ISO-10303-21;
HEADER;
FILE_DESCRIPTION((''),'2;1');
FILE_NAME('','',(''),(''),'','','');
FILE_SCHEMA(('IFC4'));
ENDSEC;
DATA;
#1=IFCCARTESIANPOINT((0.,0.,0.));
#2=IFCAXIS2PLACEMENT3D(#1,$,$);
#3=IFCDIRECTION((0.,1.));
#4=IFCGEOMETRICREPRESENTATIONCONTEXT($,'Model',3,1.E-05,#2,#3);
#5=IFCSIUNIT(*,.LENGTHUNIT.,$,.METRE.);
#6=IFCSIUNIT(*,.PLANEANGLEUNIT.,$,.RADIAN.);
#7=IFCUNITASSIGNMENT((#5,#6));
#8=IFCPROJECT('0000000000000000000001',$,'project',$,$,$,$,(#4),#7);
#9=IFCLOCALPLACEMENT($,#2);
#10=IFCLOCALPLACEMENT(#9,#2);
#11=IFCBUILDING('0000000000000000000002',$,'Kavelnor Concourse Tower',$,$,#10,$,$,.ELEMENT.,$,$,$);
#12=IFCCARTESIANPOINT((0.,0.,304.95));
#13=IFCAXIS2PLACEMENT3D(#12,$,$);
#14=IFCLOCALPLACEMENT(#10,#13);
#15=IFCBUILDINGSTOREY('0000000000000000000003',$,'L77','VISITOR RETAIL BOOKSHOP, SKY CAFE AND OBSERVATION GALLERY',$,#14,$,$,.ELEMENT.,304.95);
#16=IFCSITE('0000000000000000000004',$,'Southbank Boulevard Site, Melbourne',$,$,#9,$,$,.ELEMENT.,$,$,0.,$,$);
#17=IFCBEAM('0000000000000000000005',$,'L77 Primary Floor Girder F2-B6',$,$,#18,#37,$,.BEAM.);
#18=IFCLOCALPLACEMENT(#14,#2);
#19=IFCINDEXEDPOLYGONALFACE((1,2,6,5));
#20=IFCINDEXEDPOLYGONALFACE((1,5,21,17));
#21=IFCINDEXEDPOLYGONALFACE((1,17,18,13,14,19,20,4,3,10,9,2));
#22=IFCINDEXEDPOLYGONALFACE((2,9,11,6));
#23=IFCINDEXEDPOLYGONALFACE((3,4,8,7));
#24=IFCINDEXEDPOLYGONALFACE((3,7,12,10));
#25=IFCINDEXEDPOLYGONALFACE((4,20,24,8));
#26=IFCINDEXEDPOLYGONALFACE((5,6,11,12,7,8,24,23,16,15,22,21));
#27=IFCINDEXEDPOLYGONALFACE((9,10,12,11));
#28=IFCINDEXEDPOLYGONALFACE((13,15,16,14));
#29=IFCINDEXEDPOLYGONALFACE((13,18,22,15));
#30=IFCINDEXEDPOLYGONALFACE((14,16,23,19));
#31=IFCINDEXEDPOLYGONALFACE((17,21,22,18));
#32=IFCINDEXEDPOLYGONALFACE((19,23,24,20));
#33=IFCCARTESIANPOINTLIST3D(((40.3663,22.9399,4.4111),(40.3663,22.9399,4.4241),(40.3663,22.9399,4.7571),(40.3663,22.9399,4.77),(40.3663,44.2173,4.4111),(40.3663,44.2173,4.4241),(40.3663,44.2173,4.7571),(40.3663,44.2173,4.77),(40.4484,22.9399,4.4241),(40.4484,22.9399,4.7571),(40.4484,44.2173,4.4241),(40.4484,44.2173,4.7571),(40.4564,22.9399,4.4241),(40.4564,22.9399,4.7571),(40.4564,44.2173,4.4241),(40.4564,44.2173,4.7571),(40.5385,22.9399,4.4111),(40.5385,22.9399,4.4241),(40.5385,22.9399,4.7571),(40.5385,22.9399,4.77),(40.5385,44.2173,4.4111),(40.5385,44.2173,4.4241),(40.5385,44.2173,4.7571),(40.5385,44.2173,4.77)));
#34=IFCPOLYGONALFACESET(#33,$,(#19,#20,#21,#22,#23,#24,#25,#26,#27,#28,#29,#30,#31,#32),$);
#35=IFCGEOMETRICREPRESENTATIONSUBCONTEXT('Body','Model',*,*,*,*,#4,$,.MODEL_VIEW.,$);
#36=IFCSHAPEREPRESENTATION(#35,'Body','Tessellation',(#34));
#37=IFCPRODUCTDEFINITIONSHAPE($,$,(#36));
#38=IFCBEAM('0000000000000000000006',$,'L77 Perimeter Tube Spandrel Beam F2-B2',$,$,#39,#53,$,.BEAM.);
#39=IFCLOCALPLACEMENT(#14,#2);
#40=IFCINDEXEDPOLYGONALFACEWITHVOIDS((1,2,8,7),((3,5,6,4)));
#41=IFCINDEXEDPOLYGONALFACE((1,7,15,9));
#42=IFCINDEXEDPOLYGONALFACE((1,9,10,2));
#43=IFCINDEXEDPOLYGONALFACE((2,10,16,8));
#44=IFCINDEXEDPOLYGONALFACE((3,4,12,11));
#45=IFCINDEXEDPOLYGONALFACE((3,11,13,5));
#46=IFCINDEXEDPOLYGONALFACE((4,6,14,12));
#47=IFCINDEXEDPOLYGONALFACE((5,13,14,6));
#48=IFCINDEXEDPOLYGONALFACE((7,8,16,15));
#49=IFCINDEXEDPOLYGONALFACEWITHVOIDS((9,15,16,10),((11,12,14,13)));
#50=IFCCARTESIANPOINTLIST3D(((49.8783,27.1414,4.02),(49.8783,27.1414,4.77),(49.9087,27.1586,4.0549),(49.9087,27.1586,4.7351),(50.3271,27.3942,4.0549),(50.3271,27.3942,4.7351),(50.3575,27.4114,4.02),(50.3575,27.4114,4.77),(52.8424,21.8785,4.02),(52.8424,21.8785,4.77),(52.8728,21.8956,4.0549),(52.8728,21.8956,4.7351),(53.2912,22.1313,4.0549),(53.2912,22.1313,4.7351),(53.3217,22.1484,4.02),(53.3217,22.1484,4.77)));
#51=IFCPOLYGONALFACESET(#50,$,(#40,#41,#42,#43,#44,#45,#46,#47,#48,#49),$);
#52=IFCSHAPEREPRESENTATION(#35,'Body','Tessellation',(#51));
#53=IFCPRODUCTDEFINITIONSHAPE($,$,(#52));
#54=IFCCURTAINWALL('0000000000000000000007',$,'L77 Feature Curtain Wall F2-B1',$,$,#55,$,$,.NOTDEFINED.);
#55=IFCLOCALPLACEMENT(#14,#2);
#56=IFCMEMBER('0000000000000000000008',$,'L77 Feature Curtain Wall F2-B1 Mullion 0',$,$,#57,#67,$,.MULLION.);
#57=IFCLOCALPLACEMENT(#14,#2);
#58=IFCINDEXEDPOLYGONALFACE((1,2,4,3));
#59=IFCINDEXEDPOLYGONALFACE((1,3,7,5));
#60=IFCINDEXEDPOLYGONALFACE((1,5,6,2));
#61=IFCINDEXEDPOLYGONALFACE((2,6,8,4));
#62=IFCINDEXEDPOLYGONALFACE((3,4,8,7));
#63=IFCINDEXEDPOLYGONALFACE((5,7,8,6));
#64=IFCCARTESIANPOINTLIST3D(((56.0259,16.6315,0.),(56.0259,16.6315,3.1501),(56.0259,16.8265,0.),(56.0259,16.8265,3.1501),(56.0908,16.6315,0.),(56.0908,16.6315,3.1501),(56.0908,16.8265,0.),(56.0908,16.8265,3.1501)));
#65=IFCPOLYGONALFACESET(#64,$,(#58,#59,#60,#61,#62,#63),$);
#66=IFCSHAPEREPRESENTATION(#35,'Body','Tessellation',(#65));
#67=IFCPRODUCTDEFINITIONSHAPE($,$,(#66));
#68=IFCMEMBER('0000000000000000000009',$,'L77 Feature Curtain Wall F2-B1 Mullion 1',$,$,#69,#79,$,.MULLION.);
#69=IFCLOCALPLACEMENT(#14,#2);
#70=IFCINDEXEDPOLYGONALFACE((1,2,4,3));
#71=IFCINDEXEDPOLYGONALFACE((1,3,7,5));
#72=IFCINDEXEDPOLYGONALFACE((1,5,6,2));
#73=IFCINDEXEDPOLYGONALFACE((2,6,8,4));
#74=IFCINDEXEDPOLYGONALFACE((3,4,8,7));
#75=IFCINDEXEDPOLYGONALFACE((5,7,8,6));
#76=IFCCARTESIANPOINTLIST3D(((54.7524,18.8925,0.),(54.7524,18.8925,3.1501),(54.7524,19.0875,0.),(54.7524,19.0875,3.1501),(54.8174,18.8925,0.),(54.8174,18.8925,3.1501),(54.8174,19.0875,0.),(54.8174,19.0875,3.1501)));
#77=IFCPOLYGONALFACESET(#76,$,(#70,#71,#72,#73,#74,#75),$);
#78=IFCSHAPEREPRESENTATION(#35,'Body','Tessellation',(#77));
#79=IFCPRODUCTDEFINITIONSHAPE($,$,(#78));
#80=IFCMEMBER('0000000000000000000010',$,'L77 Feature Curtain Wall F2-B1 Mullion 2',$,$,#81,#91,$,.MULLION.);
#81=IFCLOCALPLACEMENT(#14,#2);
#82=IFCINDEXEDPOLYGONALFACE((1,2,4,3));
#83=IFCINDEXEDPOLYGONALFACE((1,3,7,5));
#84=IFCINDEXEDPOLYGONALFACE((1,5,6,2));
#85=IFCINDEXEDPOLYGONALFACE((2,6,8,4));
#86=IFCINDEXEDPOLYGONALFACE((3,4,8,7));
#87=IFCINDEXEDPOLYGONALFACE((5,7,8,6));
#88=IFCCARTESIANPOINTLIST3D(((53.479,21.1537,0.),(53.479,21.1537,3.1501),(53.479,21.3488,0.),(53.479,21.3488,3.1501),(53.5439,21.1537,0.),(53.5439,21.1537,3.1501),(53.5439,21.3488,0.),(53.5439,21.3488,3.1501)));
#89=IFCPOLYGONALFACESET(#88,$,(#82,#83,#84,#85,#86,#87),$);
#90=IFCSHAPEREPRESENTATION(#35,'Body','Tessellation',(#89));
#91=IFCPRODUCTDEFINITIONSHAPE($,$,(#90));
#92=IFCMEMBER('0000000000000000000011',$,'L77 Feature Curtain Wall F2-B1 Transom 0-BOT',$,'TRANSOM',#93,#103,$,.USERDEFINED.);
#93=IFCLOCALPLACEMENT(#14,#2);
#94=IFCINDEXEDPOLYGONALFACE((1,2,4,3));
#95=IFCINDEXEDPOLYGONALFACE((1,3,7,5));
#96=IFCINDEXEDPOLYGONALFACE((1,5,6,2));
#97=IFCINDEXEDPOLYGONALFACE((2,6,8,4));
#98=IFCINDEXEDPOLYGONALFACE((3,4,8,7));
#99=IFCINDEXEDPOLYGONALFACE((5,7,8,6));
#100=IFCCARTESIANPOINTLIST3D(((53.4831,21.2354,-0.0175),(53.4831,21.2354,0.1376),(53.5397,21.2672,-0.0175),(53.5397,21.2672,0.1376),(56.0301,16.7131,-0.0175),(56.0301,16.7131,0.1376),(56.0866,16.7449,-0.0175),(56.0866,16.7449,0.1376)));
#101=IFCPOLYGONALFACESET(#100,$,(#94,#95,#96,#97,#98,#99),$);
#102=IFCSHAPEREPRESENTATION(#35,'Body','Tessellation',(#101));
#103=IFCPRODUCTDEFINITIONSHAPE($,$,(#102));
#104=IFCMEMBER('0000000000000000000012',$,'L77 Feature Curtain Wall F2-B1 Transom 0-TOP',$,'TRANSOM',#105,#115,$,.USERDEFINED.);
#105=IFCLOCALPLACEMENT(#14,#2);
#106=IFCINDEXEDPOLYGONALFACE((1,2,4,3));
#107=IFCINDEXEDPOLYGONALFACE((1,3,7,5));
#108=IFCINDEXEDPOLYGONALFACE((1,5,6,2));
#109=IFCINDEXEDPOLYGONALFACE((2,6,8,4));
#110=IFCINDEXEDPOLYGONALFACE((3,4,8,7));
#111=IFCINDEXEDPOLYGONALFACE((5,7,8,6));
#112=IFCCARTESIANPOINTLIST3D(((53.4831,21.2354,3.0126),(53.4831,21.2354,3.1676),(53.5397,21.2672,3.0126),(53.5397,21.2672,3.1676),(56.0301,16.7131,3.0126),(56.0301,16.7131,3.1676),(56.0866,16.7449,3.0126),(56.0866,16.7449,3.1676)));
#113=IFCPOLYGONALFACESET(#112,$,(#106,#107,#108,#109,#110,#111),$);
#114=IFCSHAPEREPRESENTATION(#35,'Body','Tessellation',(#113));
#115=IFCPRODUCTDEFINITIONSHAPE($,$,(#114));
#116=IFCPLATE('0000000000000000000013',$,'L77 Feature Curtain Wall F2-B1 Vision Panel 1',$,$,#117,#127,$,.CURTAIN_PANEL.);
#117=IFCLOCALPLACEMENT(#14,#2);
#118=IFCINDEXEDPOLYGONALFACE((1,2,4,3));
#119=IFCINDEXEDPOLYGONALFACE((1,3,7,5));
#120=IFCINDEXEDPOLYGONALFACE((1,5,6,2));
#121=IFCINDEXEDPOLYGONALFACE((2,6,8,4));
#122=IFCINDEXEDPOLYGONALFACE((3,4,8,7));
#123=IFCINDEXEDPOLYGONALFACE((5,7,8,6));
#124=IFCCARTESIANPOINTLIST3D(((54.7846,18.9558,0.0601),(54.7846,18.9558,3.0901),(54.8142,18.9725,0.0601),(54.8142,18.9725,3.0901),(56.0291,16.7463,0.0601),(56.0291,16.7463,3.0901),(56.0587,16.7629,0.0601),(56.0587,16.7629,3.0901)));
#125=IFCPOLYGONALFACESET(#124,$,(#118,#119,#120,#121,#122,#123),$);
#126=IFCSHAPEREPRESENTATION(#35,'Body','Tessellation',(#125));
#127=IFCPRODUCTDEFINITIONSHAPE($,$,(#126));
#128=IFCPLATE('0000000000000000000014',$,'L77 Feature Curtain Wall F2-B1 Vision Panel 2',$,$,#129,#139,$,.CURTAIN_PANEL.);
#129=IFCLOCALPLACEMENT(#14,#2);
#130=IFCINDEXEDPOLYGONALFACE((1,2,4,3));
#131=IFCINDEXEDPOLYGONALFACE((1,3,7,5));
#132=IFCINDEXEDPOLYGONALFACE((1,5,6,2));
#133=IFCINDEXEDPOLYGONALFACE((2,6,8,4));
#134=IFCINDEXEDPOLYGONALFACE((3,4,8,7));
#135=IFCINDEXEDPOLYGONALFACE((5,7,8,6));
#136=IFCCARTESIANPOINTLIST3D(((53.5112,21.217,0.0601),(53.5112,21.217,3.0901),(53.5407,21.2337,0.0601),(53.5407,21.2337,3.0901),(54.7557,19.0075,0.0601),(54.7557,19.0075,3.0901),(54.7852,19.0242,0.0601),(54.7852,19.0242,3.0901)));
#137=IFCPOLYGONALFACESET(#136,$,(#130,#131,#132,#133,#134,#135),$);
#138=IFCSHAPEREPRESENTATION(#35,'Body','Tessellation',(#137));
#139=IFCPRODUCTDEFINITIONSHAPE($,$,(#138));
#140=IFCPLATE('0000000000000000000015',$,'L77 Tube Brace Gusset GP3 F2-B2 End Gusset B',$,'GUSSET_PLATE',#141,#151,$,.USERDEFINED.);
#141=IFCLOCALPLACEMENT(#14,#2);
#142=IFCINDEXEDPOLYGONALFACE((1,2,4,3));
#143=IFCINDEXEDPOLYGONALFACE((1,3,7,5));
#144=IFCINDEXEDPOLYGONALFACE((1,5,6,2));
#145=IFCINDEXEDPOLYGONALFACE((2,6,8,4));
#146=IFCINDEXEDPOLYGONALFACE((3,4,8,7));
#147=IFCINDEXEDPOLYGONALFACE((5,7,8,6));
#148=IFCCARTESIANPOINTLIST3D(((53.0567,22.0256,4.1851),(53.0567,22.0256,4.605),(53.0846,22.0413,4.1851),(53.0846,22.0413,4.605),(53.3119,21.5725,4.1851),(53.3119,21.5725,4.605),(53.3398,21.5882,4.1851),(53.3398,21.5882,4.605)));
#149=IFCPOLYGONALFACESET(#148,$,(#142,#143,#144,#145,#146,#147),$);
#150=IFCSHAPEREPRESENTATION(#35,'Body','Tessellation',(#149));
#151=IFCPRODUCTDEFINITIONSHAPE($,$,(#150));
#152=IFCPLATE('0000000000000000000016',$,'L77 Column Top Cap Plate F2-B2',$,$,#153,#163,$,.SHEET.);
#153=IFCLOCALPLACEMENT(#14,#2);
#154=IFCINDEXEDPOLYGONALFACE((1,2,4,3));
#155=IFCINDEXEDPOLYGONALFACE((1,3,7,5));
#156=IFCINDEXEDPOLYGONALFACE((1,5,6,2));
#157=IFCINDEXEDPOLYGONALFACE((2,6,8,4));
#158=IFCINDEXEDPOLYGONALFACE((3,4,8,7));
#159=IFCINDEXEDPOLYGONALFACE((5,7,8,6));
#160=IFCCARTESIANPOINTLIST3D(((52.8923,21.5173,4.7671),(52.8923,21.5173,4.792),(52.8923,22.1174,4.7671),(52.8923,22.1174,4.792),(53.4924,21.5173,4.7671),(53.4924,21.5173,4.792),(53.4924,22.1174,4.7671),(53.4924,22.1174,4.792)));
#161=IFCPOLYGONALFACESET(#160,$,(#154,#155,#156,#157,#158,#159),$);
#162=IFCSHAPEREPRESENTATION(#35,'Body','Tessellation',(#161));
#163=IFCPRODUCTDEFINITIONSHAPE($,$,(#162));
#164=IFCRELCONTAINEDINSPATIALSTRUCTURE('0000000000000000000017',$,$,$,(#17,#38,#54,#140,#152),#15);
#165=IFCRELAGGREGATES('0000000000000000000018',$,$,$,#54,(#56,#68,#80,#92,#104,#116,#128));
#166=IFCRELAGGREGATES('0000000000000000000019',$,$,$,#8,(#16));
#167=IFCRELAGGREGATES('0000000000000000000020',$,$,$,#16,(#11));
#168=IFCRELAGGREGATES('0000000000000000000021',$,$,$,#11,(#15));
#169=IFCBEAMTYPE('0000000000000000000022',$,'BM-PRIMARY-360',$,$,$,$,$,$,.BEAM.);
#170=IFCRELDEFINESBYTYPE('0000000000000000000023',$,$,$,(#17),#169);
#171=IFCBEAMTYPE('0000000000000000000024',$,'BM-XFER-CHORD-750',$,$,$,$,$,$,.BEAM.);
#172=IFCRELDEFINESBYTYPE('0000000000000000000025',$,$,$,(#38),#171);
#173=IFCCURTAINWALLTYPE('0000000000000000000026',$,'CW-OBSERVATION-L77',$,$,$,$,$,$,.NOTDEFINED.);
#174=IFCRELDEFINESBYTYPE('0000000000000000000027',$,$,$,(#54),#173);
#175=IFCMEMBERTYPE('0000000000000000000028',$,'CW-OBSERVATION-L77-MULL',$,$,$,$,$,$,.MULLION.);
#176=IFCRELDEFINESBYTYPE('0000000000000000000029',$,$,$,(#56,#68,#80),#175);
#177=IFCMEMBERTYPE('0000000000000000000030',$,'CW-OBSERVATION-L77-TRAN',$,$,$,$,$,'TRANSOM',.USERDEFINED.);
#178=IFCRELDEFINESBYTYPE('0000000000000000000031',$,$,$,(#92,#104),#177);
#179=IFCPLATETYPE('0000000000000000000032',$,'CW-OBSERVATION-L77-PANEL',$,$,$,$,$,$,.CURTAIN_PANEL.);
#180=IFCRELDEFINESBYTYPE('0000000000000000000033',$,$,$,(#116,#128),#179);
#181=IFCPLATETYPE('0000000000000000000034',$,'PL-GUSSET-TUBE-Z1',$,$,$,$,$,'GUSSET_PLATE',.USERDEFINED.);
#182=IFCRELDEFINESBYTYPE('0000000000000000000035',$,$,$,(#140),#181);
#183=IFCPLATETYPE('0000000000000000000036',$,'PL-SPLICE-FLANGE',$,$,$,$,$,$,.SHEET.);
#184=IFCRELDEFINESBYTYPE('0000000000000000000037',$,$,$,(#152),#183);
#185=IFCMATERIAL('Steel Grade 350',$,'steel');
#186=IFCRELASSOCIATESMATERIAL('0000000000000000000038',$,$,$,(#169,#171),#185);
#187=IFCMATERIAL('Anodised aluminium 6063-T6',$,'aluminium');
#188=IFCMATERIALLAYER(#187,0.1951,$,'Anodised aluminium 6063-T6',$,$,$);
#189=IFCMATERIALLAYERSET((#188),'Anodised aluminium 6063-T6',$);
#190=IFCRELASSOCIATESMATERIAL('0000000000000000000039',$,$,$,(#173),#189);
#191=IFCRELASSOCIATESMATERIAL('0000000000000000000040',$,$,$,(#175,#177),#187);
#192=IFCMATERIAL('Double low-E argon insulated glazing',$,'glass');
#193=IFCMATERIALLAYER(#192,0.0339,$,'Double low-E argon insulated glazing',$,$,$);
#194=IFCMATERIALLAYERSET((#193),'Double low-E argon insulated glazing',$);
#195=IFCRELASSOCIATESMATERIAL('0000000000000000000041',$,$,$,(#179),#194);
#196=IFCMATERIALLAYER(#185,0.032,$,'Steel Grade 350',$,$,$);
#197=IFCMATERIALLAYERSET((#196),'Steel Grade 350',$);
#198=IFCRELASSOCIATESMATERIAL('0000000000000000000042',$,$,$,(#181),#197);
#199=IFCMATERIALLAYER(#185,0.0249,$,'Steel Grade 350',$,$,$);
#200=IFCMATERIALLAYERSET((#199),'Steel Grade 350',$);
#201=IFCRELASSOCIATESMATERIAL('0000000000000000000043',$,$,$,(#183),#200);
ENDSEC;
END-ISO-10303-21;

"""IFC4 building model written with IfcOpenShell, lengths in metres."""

from ifc_helpers import new_model, si_unit, direction, frame, origin, origin_2d, place, context, subcontext, project, spatial, rectangle, hollow_rectangle, i_section, extrude, material, layer, layer_set, material_profile, profile_set, type_object, element, aggregate, save


model = new_model("IFC4")

# Units and contexts
model_context = context("Model", 3, precision=1e-05, world=origin(), true_north=direction((0.0, 1.0)))
body_context = subcontext(model_context, "Body", "Model", "MODEL_VIEW")
ifc_project = project(units=[si_unit("LENGTHUNIT", "METRE"), si_unit("PLANEANGLEUNIT", "RADIAN")], contexts=[model_context])

# Site, building, storey
site_placement = place(None, origin())
site = spatial("IfcSite", under=ifc_project, at=site_placement, Name="Southbank Boulevard Site, Melbourne", CompositionType="ELEMENT", RefElevation=0.0)
building_placement = place(site_placement, origin())
building = spatial("IfcBuilding", under=site, at=building_placement, Name="Kavelnor Concourse Tower", CompositionType="ELEMENT")
storey_placement = place(building_placement, frame((0.0, 0.0, 304.95)))
storey = spatial("IfcBuildingStorey", under=building, at=storey_placement, Name="L77", Description="VISITOR RETAIL BOOKSHOP, SKY CAFE AND OBSERVATION GALLERY", CompositionType="ELEMENT", Elevation=304.95)

# Shared definitions
ifc_material_1 = material(Name="Steel Grade 350", Category="steel")

# Beams
ifc_material_profile_1 = material_profile(ifc_material_1, i_section(OverallWidth=0.1721, OverallDepth=0.3589, WebThickness=0.0081, FlangeThickness=0.0129, at=origin_2d()), Name="360UB56")
ifc_profile_set_1 = profile_set([ifc_material_profile_1], Name="Steel Grade 350")
beam_type_1 = type_object("IfcBeamType", Name="BM-PRIMARY-360", PredefinedType="BEAM", material=ifc_profile_set_1)
beam_1_placement = place(storey_placement, frame((40.4524, 22.9399, 4.5906), z_axis=(0.0, 1.0, 0.0), x_axis=(-1.0, 0.0, 0.0)))
element("IfcBeam", 1, at=beam_1_placement, inside=storey, type_object=beam_type_1, Name="L77 Primary Floor Girder F2-B6", PredefinedType="BEAM", context=body_context, shape_type="SweptSolid", body=[
    extrude(i_section(OverallWidth=0.1721, OverallDepth=0.3589, WebThickness=0.0081, FlangeThickness=0.0129, at=origin_2d()), origin(), (0.0, 0.0, 1.0), 21.2773),
])
ifc_material_profile_2 = material_profile(ifc_material_1, hollow_rectangle(XDim=0.55, YDim=0.75, WallThickness=0.0349, at=origin_2d()), Name="RHS 750x550x35")
ifc_profile_set_2 = profile_set([ifc_material_profile_2], Name="Steel Grade 350")
beam_type_2 = type_object("IfcBeamType", Name="BM-XFER-CHORD-750", PredefinedType="BEAM", material=ifc_profile_set_2)
beam_2_placement = place(storey_placement, frame((53.082, 22.0134, 4.395), z_axis=(-0.490727, 0.871313, 0.0), x_axis=(-0.871313, -0.490727, 0.0)))
element("IfcBeam", 2, at=beam_2_placement, inside=storey, type_object=beam_type_2, Name="L77 Perimeter Tube Spandrel Beam F2-B2", PredefinedType="BEAM", context=body_context, shape_type="SweptSolid", body=[
    extrude(hollow_rectangle(XDim=0.55, YDim=0.75, WallThickness=0.0349, at=origin_2d()), origin(), (0.0, 0.0, 1.0), 6.0403),
])

# Curtain wall, members, plates
ifc_material_2 = material(Name="Anodised aluminium 6063-T6", Category="aluminium")
ifc_layer_1 = layer(ifc_material_2, 0.1951, Name="Anodised aluminium 6063-T6")
ifc_layer_set_1 = layer_set([ifc_layer_1], Name="Anodised aluminium 6063-T6")
curtain_wall_type = type_object("IfcCurtainWallType", Name="CW-OBSERVATION-L77", PredefinedType="NOTDEFINED", material=ifc_layer_set_1)
curtain_wall_placement = place(storey_placement, origin())
curtain_wall = element("IfcCurtainWall", 3, at=curtain_wall_placement, inside=storey, type_object=curtain_wall_type, Name="L77 Feature Curtain Wall F2-B1", PredefinedType="NOTDEFINED")
ifc_material_profile_3 = material_profile(ifc_material_2, rectangle(XDim=0.0649, YDim=0.1951, at=origin_2d()), Name="AL-MULL 65x195")
ifc_profile_set_3 = profile_set([ifc_material_profile_3], Name="Anodised aluminium 6063-T6")
member_type_1 = type_object("IfcMemberType", Name="CW-OBSERVATION-L77-MULL", PredefinedType="MULLION", material=ifc_profile_set_3)
member_1_placement = place(storey_placement, frame((56.0583, 16.729, 0.0), z_axis=(0.0, 0.0, 1.0), x_axis=(1.0, 0.0, 0.0)))
member_1 = element("IfcMember", 4, at=member_1_placement, type_object=member_type_1, Name="L77 Feature Curtain Wall F2-B1 Mullion 0", PredefinedType="MULLION", context=body_context, shape_type="SweptSolid", body=[
    extrude(rectangle(XDim=0.0649, YDim=0.1951, at=origin_2d()), origin(), (0.0, 0.0, 1.0), 3.1501),
])
member_2_placement = place(storey_placement, frame((54.7849, 18.99, 0.0), z_axis=(0.0, 0.0, 1.0), x_axis=(1.0, 0.0, 0.0)))
member_2 = element("IfcMember", 5, at=member_2_placement, type_object=member_type_1, Name="L77 Feature Curtain Wall F2-B1 Mullion 1", PredefinedType="MULLION", context=body_context, shape_type="SweptSolid", body=[
    extrude(rectangle(XDim=0.0649, YDim=0.1951, at=origin_2d()), origin(), (0.0, 0.0, 1.0), 3.1501),
])
member_3_placement = place(storey_placement, frame((53.5115, 21.2512, 0.0), z_axis=(0.0, 0.0, 1.0), x_axis=(1.0, 0.0, 0.0)))
member_3 = element("IfcMember", 6, at=member_3_placement, type_object=member_type_1, Name="L77 Feature Curtain Wall F2-B1 Mullion 2", PredefinedType="MULLION", context=body_context, shape_type="SweptSolid", body=[
    extrude(rectangle(XDim=0.0649, YDim=0.1951, at=origin_2d()), origin(), (0.0, 0.0, 1.0), 3.1501),
])
ifc_material_profile_4 = material_profile(ifc_material_2, rectangle(XDim=0.0649, YDim=0.155, at=origin_2d()), Name="AL-TRAN 65x155")
ifc_profile_set_4 = profile_set([ifc_material_profile_4], Name="Anodised aluminium 6063-T6")
member_type_2 = type_object("IfcMemberType", Name="CW-OBSERVATION-L77-TRAN", ElementType="TRANSOM", PredefinedType="USERDEFINED", material=ifc_profile_set_4)
member_4_placement = place(storey_placement, frame((56.0583, 16.729, 0.0601), z_axis=(-0.490719, 0.871318, 0.0), x_axis=(-0.871318, -0.490719, 0.0)))
member_4 = element("IfcMember", 7, at=member_4_placement, type_object=member_type_2, Name="L77 Feature Curtain Wall F2-B1 Transom 0-BOT", ObjectType="TRANSOM", PredefinedType="USERDEFINED", context=body_context, shape_type="SweptSolid", body=[
    extrude(rectangle(XDim=0.0649, YDim=0.155, at=origin_2d()), origin(), (0.0, 0.0, 1.0), 5.1902),
])
member_5_placement = place(storey_placement, frame((56.0583, 16.729, 3.0901), z_axis=(-0.490719, 0.871318, 0.0), x_axis=(-0.871318, -0.490719, 0.0)))
member_5 = element("IfcMember", 8, at=member_5_placement, type_object=member_type_2, Name="L77 Feature Curtain Wall F2-B1 Transom 0-TOP", ObjectType="TRANSOM", PredefinedType="USERDEFINED", context=body_context, shape_type="SweptSolid", body=[
    extrude(rectangle(XDim=0.0649, YDim=0.155, at=origin_2d()), origin(), (0.0, 0.0, 1.0), 5.1902),
])
ifc_material_3 = material(Name="Double low-E argon insulated glazing", Category="glass")
ifc_layer_2 = layer(ifc_material_3, 0.0339, Name="Double low-E argon insulated glazing")
ifc_layer_set_2 = layer_set([ifc_layer_2], Name="Double low-E argon insulated glazing")
plate_type_1 = type_object("IfcPlateType", Name="CW-OBSERVATION-L77-PANEL", PredefinedType="CURTAIN_PANEL", material=ifc_layer_set_2)
plate_1_placement = place(storey_placement, frame((55.4216, 17.8594, 0.0601), z_axis=(0.0, 0.0, 1.0), x_axis=(-0.490752, 0.871299, 0.0)))
plate_1 = element("IfcPlate", 9, at=plate_1_placement, type_object=plate_type_1, Name="L77 Feature Curtain Wall F2-B1 Vision Panel 1", PredefinedType="CURTAIN_PANEL", context=body_context, shape_type="SweptSolid", body=[
    extrude(rectangle(XDim=2.5359, YDim=0.0339, at=origin_2d()), origin(), (0.0, 0.0, 1.0), 3.03),
])
plate_2_placement = place(storey_placement, frame((54.1482, 20.1206, 0.0601), z_axis=(0.0, 0.0, 1.0), x_axis=(-0.490752, 0.871299, 0.0)))
plate_2 = element("IfcPlate", 10, at=plate_2_placement, type_object=plate_type_1, Name="L77 Feature Curtain Wall F2-B1 Vision Panel 2", PredefinedType="CURTAIN_PANEL", context=body_context, shape_type="SweptSolid", body=[
    extrude(rectangle(XDim=2.5359, YDim=0.0339, at=origin_2d()), origin(), (0.0, 0.0, 1.0), 3.03),
])
aggregate(curtain_wall, [member_1, member_2, member_3, member_4, member_5, plate_1, plate_2])

# Plates
ifc_layer_3 = layer(ifc_material_1, 0.032, Name="Steel Grade 350")
ifc_layer_set_3 = layer_set([ifc_layer_3], Name="Steel Grade 350")
plate_type_2 = type_object("IfcPlateType", Name="PL-GUSSET-TUBE-Z1", ElementType="GUSSET_PLATE", PredefinedType="USERDEFINED", material=ifc_layer_set_3)
plate_3_placement = place(storey_placement, frame((53.1982, 21.8069, 4.1851), z_axis=(0.0, 0.0, 1.0), x_axis=(0.490752, -0.871299, 0.0)))
element("IfcPlate", 11, at=plate_3_placement, inside=storey, type_object=plate_type_2, Name="L77 Tube Brace Gusset GP3 F2-B2 End Gusset B", ObjectType="GUSSET_PLATE", PredefinedType="USERDEFINED", context=body_context, shape_type="SweptSolid", body=[
    extrude(rectangle(XDim=0.52, YDim=0.032, at=origin_2d()), origin(), (0.0, 0.0, 1.0), 0.4199),
])
ifc_layer_4 = layer(ifc_material_1, 0.0249, Name="Steel Grade 350")
ifc_layer_set_4 = layer_set([ifc_layer_4], Name="Steel Grade 350")
plate_type_3 = type_object("IfcPlateType", Name="PL-SPLICE-FLANGE", PredefinedType="SHEET", material=ifc_layer_set_4)
plate_4_placement = place(storey_placement, frame((53.1924, 21.8174, 4.7671), z_axis=(0.0, 0.0, 1.0), x_axis=(1.0, 0.0, 0.0)))
element("IfcPlate", 12, at=plate_4_placement, inside=storey, type_object=plate_type_3, Name="L77 Column Top Cap Plate F2-B2", PredefinedType="SHEET", context=body_context, shape_type="SweptSolid", body=[
    extrude(rectangle(XDim=0.6001, YDim=0.6001, at=origin_2d()), origin(), (0.0, 0.0, 1.0), 0.0249),
])

save(model, "model.ifc")
